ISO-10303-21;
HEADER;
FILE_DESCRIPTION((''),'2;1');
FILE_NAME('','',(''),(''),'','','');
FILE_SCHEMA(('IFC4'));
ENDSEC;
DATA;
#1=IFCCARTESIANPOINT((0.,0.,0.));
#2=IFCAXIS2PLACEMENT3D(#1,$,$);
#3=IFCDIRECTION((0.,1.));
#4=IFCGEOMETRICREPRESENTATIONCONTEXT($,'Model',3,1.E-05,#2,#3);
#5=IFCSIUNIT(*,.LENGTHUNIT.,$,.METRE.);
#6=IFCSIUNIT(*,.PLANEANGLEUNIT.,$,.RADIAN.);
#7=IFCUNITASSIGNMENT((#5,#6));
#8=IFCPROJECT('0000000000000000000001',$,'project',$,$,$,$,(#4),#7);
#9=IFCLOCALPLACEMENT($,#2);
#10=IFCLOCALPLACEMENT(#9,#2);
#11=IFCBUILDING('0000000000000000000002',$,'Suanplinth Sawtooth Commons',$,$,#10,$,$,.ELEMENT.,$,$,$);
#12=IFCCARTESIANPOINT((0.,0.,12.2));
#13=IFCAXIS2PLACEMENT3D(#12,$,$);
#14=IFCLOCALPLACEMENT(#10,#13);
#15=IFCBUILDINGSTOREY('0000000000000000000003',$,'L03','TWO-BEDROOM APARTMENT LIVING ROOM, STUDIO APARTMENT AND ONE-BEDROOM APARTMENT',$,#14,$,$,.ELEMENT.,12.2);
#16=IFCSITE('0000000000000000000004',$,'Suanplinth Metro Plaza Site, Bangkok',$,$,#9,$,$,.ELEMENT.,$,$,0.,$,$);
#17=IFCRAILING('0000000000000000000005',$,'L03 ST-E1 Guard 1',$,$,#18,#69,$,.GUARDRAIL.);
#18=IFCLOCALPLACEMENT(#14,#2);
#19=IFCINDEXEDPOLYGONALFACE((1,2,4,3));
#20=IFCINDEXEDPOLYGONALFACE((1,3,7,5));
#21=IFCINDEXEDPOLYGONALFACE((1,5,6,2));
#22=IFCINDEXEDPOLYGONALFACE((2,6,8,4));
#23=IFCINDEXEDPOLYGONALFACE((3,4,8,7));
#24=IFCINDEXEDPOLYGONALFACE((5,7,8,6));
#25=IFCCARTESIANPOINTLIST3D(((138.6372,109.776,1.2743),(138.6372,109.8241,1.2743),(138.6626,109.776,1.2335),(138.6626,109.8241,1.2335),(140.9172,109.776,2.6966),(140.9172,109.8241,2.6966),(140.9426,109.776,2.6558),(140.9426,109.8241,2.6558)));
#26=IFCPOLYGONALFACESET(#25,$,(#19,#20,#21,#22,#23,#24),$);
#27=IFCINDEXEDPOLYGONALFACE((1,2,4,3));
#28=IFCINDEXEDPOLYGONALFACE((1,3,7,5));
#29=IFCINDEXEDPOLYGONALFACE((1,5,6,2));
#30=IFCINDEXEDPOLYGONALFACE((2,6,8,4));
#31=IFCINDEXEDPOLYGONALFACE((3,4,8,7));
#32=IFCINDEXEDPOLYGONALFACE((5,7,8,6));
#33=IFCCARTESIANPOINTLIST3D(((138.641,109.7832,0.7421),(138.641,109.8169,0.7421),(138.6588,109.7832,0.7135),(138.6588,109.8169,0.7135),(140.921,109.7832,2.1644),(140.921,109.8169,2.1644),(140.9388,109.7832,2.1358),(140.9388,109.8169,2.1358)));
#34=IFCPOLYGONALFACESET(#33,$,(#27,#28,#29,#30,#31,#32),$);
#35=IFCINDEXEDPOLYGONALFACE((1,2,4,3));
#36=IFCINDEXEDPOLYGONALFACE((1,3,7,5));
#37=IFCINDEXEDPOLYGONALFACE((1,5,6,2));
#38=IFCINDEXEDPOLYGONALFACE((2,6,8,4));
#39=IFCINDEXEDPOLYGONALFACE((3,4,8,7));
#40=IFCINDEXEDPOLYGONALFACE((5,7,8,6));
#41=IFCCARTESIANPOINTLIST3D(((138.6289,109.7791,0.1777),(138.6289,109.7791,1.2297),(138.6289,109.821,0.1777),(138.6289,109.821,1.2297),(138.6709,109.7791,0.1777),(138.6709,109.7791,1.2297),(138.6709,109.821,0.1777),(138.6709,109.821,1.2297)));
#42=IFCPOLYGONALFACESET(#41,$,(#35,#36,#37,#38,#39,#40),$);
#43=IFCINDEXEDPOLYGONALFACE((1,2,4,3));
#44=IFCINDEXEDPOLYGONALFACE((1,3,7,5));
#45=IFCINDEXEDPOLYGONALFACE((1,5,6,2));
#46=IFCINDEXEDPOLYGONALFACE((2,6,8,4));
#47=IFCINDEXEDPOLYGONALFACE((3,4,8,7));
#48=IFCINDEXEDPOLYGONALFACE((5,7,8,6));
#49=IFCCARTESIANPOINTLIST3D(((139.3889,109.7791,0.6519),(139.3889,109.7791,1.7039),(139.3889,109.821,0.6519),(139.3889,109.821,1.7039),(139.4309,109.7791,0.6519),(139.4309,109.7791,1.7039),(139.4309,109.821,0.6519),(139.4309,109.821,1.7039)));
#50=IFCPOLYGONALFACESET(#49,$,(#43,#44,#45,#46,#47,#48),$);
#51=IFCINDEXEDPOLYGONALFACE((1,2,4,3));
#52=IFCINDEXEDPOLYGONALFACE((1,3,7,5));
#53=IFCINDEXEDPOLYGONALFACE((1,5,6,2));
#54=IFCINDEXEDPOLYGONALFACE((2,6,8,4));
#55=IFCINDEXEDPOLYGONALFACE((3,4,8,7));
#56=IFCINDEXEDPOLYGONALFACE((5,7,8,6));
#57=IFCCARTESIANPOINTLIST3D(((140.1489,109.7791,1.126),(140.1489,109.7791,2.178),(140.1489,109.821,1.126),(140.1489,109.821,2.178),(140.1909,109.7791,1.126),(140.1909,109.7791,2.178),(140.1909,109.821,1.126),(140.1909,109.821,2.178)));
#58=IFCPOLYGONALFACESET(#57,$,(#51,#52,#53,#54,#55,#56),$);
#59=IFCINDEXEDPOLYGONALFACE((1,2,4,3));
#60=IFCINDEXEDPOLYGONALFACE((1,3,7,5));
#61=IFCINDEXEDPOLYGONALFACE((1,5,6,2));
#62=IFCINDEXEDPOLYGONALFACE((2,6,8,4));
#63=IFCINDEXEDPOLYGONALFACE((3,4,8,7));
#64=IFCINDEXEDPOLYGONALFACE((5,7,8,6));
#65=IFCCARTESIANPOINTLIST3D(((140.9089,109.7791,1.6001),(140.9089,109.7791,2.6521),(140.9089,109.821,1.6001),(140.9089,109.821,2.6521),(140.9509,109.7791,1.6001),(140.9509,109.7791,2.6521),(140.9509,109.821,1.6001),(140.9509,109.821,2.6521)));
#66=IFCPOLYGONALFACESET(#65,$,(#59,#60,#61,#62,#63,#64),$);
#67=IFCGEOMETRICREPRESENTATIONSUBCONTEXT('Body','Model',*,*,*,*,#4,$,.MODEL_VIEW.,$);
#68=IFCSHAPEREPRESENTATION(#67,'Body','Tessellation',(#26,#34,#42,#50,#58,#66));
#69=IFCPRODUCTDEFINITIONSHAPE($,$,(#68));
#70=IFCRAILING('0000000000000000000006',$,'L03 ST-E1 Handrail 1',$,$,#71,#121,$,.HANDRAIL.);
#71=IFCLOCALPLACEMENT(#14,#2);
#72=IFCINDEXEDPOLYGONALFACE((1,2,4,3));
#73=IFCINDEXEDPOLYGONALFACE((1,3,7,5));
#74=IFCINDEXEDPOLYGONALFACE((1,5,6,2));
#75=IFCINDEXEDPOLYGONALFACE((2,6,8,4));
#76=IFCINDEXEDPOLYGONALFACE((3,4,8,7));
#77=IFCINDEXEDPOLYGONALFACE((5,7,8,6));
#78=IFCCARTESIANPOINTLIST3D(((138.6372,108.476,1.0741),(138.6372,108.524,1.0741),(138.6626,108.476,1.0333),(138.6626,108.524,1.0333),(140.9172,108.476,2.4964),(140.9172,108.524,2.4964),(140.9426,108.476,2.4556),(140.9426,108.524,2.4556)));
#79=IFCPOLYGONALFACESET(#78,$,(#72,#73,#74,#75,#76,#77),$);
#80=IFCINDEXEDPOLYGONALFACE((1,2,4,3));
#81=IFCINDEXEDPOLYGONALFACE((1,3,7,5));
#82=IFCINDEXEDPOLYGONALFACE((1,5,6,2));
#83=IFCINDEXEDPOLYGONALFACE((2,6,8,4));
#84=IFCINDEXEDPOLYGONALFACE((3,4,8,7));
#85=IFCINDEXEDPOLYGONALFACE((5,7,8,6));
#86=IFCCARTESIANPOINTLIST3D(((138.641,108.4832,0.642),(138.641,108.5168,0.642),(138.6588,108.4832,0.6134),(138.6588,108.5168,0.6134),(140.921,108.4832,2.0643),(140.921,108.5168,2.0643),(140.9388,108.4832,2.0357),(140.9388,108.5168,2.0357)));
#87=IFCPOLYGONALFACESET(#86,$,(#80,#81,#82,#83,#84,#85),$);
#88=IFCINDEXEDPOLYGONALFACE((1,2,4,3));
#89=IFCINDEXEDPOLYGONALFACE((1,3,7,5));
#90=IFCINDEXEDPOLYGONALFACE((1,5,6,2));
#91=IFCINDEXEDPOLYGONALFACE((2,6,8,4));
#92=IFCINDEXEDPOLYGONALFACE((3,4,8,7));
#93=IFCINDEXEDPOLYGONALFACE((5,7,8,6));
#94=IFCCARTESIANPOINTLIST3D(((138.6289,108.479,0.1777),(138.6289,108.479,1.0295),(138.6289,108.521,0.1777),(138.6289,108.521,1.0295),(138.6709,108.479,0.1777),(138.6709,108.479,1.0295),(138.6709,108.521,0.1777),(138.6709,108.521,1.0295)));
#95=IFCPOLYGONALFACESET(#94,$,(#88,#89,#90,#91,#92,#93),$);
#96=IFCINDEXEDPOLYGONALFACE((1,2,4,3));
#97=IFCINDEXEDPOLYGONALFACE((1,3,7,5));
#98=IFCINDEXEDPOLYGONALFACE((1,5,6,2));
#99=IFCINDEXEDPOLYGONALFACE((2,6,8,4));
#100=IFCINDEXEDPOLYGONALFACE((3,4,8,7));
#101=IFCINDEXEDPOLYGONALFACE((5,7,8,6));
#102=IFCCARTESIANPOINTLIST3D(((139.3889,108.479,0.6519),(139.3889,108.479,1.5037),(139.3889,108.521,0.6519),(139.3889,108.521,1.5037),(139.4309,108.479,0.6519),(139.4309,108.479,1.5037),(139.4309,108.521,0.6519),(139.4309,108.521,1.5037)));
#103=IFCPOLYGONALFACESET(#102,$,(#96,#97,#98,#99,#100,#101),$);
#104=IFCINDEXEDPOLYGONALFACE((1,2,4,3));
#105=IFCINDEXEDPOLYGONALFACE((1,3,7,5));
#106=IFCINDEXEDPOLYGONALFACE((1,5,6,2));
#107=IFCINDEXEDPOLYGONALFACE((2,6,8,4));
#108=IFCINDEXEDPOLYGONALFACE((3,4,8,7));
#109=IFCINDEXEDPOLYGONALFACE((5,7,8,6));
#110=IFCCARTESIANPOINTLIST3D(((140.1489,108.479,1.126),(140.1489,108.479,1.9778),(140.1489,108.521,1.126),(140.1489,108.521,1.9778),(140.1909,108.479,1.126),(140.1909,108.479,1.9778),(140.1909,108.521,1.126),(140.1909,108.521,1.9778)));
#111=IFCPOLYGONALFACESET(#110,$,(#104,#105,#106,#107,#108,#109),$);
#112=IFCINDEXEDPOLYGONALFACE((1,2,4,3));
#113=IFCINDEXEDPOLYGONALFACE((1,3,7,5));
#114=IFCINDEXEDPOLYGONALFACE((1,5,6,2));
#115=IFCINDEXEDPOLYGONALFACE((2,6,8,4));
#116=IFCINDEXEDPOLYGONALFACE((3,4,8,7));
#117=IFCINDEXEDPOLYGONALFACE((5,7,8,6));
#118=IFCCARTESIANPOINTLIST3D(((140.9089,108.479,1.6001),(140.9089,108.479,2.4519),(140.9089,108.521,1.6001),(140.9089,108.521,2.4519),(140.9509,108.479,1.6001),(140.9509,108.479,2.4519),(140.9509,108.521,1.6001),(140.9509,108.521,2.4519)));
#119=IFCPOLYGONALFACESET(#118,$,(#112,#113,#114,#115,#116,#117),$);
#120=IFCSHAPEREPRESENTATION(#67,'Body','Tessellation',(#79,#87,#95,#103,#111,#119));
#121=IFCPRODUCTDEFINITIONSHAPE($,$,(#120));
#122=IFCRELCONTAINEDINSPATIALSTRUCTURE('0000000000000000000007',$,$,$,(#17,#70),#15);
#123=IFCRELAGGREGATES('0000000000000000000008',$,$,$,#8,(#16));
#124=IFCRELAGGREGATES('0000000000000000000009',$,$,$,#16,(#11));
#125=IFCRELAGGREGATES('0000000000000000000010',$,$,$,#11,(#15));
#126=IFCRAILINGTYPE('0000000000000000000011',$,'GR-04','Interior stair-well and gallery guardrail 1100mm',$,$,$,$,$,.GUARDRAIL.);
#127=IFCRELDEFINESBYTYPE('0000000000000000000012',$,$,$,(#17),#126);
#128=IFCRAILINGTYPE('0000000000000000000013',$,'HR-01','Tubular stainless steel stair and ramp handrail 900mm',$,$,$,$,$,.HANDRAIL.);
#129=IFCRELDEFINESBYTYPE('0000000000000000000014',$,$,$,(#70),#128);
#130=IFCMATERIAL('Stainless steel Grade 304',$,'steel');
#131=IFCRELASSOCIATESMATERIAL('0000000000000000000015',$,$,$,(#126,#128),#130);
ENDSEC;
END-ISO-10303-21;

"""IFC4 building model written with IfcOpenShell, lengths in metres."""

from ifc_helpers import new_model, si_unit, direction, frame, origin, origin_2d, place, context, subcontext, project, spatial, rectangle, extrude, material, type_object, element, save


model = new_model("IFC4")

# Units and contexts
model_context = context("Model", 3, precision=1e-05, world=origin(), true_north=direction((0.0, 1.0)))
body_context = subcontext(model_context, "Body", "Model", "MODEL_VIEW")
ifc_project = project(units=[si_unit("LENGTHUNIT", "METRE"), si_unit("PLANEANGLEUNIT", "RADIAN")], contexts=[model_context])

# Site, building, storey
site_placement = place(None, origin())
site = spatial("IfcSite", under=ifc_project, at=site_placement, Name="Suanplinth Metro Plaza Site, Bangkok", CompositionType="ELEMENT", RefElevation=0.0)
building_placement = place(site_placement, origin())
building = spatial("IfcBuilding", under=site, at=building_placement, Name="Suanplinth Sawtooth Commons", CompositionType="ELEMENT")
storey_placement = place(building_placement, frame((0.0, 0.0, 12.2)))
storey = spatial("IfcBuildingStorey", under=building, at=storey_placement, Name="L03", Description="TWO-BEDROOM APARTMENT LIVING ROOM, STUDIO APARTMENT AND ONE-BEDROOM APARTMENT", CompositionType="ELEMENT", Elevation=12.2)

# Railings
ifc_material_1 = material(Name="Stainless steel Grade 304", Category="steel")
railing_type_1 = type_object("IfcRailingType", Name="GR-04", Description="Interior stair-well and gallery guardrail 1100mm", PredefinedType="GUARDRAIL", material=ifc_material_1)
railing_1_placement = place(storey_placement, frame((138.6499, 109.8, 0.1777)))
element("IfcRailing", 1, at=railing_1_placement, inside=storey, type_object=railing_type_1, Name="L03 ST-E1 Guard 1", PredefinedType="GUARDRAIL", context=body_context, shape_type="SweptSolid", body=[
    extrude(rectangle(XDim=0.0481, YDim=0.0481, at=origin_2d()), frame((0.0, 0.0, 1.0762), z_axis=(0.848442, 0.0, 0.529288), x_axis=(0.0, 1.0, 0.0)), (0.0, 0.0, 1.0), 2.6873),
    extrude(rectangle(XDim=0.0337, YDim=0.0337, at=origin_2d()), frame((0.0, 0.0, 0.55), z_axis=(0.848442, 0.0, 0.529288), x_axis=(0.0, 1.0, 0.0)), (0.0, 0.0, 1.0), 2.6873),
    extrude(rectangle(XDim=0.042, YDim=0.042, at=origin_2d()), origin(), (0.0, 0.0, 1.0), 1.052),
    extrude(rectangle(XDim=0.042, YDim=0.042, at=origin_2d()), frame((0.76, 0.0, 0.4741)), (0.0, 0.0, 1.0), 1.052),
    extrude(rectangle(XDim=0.042, YDim=0.042, at=origin_2d()), frame((1.52, 0.0, 0.9482)), (0.0, 0.0, 1.0), 1.052),
    extrude(rectangle(XDim=0.042, YDim=0.042, at=origin_2d()), frame((2.28, 0.0, 1.4224)), (0.0, 0.0, 1.0), 1.052),
])
railing_type_2 = type_object("IfcRailingType", Name="HR-01", Description="Tubular stainless steel stair and ramp handrail 900mm", PredefinedType="HANDRAIL", material=ifc_material_1)
railing_2_placement = place(storey_placement, frame((138.6499, 108.5, 0.1777)))
element("IfcRailing", 2, at=railing_2_placement, inside=storey, type_object=railing_type_2, Name="L03 ST-E1 Handrail 1", PredefinedType="HANDRAIL", context=body_context, shape_type="SweptSolid", body=[
    extrude(rectangle(XDim=0.0481, YDim=0.0481, at=origin_2d()), frame((0.0, 0.0, 0.876), z_axis=(0.848442, 0.0, 0.529288), x_axis=(0.0, 1.0, 0.0)), (0.0, 0.0, 1.0), 2.6873),
    extrude(rectangle(XDim=0.0337, YDim=0.0337, at=origin_2d()), frame((0.0, 0.0, 0.45), z_axis=(0.848442, 0.0, 0.529288), x_axis=(0.0, 1.0, 0.0)), (0.0, 0.0, 1.0), 2.6873),
    extrude(rectangle(XDim=0.042, YDim=0.042, at=origin_2d()), origin(), (0.0, 0.0, 1.0), 0.8518),
    extrude(rectangle(XDim=0.042, YDim=0.042, at=origin_2d()), frame((0.76, 0.0, 0.4741)), (0.0, 0.0, 1.0), 0.8518),
    extrude(rectangle(XDim=0.042, YDim=0.042, at=origin_2d()), frame((1.52, 0.0, 0.9482)), (0.0, 0.0, 1.0), 0.8518),
    extrude(rectangle(XDim=0.042, YDim=0.042, at=origin_2d()), frame((2.28, 0.0, 1.4224)), (0.0, 0.0, 1.0), 0.8518),
])

save(model, "model.ifc")
